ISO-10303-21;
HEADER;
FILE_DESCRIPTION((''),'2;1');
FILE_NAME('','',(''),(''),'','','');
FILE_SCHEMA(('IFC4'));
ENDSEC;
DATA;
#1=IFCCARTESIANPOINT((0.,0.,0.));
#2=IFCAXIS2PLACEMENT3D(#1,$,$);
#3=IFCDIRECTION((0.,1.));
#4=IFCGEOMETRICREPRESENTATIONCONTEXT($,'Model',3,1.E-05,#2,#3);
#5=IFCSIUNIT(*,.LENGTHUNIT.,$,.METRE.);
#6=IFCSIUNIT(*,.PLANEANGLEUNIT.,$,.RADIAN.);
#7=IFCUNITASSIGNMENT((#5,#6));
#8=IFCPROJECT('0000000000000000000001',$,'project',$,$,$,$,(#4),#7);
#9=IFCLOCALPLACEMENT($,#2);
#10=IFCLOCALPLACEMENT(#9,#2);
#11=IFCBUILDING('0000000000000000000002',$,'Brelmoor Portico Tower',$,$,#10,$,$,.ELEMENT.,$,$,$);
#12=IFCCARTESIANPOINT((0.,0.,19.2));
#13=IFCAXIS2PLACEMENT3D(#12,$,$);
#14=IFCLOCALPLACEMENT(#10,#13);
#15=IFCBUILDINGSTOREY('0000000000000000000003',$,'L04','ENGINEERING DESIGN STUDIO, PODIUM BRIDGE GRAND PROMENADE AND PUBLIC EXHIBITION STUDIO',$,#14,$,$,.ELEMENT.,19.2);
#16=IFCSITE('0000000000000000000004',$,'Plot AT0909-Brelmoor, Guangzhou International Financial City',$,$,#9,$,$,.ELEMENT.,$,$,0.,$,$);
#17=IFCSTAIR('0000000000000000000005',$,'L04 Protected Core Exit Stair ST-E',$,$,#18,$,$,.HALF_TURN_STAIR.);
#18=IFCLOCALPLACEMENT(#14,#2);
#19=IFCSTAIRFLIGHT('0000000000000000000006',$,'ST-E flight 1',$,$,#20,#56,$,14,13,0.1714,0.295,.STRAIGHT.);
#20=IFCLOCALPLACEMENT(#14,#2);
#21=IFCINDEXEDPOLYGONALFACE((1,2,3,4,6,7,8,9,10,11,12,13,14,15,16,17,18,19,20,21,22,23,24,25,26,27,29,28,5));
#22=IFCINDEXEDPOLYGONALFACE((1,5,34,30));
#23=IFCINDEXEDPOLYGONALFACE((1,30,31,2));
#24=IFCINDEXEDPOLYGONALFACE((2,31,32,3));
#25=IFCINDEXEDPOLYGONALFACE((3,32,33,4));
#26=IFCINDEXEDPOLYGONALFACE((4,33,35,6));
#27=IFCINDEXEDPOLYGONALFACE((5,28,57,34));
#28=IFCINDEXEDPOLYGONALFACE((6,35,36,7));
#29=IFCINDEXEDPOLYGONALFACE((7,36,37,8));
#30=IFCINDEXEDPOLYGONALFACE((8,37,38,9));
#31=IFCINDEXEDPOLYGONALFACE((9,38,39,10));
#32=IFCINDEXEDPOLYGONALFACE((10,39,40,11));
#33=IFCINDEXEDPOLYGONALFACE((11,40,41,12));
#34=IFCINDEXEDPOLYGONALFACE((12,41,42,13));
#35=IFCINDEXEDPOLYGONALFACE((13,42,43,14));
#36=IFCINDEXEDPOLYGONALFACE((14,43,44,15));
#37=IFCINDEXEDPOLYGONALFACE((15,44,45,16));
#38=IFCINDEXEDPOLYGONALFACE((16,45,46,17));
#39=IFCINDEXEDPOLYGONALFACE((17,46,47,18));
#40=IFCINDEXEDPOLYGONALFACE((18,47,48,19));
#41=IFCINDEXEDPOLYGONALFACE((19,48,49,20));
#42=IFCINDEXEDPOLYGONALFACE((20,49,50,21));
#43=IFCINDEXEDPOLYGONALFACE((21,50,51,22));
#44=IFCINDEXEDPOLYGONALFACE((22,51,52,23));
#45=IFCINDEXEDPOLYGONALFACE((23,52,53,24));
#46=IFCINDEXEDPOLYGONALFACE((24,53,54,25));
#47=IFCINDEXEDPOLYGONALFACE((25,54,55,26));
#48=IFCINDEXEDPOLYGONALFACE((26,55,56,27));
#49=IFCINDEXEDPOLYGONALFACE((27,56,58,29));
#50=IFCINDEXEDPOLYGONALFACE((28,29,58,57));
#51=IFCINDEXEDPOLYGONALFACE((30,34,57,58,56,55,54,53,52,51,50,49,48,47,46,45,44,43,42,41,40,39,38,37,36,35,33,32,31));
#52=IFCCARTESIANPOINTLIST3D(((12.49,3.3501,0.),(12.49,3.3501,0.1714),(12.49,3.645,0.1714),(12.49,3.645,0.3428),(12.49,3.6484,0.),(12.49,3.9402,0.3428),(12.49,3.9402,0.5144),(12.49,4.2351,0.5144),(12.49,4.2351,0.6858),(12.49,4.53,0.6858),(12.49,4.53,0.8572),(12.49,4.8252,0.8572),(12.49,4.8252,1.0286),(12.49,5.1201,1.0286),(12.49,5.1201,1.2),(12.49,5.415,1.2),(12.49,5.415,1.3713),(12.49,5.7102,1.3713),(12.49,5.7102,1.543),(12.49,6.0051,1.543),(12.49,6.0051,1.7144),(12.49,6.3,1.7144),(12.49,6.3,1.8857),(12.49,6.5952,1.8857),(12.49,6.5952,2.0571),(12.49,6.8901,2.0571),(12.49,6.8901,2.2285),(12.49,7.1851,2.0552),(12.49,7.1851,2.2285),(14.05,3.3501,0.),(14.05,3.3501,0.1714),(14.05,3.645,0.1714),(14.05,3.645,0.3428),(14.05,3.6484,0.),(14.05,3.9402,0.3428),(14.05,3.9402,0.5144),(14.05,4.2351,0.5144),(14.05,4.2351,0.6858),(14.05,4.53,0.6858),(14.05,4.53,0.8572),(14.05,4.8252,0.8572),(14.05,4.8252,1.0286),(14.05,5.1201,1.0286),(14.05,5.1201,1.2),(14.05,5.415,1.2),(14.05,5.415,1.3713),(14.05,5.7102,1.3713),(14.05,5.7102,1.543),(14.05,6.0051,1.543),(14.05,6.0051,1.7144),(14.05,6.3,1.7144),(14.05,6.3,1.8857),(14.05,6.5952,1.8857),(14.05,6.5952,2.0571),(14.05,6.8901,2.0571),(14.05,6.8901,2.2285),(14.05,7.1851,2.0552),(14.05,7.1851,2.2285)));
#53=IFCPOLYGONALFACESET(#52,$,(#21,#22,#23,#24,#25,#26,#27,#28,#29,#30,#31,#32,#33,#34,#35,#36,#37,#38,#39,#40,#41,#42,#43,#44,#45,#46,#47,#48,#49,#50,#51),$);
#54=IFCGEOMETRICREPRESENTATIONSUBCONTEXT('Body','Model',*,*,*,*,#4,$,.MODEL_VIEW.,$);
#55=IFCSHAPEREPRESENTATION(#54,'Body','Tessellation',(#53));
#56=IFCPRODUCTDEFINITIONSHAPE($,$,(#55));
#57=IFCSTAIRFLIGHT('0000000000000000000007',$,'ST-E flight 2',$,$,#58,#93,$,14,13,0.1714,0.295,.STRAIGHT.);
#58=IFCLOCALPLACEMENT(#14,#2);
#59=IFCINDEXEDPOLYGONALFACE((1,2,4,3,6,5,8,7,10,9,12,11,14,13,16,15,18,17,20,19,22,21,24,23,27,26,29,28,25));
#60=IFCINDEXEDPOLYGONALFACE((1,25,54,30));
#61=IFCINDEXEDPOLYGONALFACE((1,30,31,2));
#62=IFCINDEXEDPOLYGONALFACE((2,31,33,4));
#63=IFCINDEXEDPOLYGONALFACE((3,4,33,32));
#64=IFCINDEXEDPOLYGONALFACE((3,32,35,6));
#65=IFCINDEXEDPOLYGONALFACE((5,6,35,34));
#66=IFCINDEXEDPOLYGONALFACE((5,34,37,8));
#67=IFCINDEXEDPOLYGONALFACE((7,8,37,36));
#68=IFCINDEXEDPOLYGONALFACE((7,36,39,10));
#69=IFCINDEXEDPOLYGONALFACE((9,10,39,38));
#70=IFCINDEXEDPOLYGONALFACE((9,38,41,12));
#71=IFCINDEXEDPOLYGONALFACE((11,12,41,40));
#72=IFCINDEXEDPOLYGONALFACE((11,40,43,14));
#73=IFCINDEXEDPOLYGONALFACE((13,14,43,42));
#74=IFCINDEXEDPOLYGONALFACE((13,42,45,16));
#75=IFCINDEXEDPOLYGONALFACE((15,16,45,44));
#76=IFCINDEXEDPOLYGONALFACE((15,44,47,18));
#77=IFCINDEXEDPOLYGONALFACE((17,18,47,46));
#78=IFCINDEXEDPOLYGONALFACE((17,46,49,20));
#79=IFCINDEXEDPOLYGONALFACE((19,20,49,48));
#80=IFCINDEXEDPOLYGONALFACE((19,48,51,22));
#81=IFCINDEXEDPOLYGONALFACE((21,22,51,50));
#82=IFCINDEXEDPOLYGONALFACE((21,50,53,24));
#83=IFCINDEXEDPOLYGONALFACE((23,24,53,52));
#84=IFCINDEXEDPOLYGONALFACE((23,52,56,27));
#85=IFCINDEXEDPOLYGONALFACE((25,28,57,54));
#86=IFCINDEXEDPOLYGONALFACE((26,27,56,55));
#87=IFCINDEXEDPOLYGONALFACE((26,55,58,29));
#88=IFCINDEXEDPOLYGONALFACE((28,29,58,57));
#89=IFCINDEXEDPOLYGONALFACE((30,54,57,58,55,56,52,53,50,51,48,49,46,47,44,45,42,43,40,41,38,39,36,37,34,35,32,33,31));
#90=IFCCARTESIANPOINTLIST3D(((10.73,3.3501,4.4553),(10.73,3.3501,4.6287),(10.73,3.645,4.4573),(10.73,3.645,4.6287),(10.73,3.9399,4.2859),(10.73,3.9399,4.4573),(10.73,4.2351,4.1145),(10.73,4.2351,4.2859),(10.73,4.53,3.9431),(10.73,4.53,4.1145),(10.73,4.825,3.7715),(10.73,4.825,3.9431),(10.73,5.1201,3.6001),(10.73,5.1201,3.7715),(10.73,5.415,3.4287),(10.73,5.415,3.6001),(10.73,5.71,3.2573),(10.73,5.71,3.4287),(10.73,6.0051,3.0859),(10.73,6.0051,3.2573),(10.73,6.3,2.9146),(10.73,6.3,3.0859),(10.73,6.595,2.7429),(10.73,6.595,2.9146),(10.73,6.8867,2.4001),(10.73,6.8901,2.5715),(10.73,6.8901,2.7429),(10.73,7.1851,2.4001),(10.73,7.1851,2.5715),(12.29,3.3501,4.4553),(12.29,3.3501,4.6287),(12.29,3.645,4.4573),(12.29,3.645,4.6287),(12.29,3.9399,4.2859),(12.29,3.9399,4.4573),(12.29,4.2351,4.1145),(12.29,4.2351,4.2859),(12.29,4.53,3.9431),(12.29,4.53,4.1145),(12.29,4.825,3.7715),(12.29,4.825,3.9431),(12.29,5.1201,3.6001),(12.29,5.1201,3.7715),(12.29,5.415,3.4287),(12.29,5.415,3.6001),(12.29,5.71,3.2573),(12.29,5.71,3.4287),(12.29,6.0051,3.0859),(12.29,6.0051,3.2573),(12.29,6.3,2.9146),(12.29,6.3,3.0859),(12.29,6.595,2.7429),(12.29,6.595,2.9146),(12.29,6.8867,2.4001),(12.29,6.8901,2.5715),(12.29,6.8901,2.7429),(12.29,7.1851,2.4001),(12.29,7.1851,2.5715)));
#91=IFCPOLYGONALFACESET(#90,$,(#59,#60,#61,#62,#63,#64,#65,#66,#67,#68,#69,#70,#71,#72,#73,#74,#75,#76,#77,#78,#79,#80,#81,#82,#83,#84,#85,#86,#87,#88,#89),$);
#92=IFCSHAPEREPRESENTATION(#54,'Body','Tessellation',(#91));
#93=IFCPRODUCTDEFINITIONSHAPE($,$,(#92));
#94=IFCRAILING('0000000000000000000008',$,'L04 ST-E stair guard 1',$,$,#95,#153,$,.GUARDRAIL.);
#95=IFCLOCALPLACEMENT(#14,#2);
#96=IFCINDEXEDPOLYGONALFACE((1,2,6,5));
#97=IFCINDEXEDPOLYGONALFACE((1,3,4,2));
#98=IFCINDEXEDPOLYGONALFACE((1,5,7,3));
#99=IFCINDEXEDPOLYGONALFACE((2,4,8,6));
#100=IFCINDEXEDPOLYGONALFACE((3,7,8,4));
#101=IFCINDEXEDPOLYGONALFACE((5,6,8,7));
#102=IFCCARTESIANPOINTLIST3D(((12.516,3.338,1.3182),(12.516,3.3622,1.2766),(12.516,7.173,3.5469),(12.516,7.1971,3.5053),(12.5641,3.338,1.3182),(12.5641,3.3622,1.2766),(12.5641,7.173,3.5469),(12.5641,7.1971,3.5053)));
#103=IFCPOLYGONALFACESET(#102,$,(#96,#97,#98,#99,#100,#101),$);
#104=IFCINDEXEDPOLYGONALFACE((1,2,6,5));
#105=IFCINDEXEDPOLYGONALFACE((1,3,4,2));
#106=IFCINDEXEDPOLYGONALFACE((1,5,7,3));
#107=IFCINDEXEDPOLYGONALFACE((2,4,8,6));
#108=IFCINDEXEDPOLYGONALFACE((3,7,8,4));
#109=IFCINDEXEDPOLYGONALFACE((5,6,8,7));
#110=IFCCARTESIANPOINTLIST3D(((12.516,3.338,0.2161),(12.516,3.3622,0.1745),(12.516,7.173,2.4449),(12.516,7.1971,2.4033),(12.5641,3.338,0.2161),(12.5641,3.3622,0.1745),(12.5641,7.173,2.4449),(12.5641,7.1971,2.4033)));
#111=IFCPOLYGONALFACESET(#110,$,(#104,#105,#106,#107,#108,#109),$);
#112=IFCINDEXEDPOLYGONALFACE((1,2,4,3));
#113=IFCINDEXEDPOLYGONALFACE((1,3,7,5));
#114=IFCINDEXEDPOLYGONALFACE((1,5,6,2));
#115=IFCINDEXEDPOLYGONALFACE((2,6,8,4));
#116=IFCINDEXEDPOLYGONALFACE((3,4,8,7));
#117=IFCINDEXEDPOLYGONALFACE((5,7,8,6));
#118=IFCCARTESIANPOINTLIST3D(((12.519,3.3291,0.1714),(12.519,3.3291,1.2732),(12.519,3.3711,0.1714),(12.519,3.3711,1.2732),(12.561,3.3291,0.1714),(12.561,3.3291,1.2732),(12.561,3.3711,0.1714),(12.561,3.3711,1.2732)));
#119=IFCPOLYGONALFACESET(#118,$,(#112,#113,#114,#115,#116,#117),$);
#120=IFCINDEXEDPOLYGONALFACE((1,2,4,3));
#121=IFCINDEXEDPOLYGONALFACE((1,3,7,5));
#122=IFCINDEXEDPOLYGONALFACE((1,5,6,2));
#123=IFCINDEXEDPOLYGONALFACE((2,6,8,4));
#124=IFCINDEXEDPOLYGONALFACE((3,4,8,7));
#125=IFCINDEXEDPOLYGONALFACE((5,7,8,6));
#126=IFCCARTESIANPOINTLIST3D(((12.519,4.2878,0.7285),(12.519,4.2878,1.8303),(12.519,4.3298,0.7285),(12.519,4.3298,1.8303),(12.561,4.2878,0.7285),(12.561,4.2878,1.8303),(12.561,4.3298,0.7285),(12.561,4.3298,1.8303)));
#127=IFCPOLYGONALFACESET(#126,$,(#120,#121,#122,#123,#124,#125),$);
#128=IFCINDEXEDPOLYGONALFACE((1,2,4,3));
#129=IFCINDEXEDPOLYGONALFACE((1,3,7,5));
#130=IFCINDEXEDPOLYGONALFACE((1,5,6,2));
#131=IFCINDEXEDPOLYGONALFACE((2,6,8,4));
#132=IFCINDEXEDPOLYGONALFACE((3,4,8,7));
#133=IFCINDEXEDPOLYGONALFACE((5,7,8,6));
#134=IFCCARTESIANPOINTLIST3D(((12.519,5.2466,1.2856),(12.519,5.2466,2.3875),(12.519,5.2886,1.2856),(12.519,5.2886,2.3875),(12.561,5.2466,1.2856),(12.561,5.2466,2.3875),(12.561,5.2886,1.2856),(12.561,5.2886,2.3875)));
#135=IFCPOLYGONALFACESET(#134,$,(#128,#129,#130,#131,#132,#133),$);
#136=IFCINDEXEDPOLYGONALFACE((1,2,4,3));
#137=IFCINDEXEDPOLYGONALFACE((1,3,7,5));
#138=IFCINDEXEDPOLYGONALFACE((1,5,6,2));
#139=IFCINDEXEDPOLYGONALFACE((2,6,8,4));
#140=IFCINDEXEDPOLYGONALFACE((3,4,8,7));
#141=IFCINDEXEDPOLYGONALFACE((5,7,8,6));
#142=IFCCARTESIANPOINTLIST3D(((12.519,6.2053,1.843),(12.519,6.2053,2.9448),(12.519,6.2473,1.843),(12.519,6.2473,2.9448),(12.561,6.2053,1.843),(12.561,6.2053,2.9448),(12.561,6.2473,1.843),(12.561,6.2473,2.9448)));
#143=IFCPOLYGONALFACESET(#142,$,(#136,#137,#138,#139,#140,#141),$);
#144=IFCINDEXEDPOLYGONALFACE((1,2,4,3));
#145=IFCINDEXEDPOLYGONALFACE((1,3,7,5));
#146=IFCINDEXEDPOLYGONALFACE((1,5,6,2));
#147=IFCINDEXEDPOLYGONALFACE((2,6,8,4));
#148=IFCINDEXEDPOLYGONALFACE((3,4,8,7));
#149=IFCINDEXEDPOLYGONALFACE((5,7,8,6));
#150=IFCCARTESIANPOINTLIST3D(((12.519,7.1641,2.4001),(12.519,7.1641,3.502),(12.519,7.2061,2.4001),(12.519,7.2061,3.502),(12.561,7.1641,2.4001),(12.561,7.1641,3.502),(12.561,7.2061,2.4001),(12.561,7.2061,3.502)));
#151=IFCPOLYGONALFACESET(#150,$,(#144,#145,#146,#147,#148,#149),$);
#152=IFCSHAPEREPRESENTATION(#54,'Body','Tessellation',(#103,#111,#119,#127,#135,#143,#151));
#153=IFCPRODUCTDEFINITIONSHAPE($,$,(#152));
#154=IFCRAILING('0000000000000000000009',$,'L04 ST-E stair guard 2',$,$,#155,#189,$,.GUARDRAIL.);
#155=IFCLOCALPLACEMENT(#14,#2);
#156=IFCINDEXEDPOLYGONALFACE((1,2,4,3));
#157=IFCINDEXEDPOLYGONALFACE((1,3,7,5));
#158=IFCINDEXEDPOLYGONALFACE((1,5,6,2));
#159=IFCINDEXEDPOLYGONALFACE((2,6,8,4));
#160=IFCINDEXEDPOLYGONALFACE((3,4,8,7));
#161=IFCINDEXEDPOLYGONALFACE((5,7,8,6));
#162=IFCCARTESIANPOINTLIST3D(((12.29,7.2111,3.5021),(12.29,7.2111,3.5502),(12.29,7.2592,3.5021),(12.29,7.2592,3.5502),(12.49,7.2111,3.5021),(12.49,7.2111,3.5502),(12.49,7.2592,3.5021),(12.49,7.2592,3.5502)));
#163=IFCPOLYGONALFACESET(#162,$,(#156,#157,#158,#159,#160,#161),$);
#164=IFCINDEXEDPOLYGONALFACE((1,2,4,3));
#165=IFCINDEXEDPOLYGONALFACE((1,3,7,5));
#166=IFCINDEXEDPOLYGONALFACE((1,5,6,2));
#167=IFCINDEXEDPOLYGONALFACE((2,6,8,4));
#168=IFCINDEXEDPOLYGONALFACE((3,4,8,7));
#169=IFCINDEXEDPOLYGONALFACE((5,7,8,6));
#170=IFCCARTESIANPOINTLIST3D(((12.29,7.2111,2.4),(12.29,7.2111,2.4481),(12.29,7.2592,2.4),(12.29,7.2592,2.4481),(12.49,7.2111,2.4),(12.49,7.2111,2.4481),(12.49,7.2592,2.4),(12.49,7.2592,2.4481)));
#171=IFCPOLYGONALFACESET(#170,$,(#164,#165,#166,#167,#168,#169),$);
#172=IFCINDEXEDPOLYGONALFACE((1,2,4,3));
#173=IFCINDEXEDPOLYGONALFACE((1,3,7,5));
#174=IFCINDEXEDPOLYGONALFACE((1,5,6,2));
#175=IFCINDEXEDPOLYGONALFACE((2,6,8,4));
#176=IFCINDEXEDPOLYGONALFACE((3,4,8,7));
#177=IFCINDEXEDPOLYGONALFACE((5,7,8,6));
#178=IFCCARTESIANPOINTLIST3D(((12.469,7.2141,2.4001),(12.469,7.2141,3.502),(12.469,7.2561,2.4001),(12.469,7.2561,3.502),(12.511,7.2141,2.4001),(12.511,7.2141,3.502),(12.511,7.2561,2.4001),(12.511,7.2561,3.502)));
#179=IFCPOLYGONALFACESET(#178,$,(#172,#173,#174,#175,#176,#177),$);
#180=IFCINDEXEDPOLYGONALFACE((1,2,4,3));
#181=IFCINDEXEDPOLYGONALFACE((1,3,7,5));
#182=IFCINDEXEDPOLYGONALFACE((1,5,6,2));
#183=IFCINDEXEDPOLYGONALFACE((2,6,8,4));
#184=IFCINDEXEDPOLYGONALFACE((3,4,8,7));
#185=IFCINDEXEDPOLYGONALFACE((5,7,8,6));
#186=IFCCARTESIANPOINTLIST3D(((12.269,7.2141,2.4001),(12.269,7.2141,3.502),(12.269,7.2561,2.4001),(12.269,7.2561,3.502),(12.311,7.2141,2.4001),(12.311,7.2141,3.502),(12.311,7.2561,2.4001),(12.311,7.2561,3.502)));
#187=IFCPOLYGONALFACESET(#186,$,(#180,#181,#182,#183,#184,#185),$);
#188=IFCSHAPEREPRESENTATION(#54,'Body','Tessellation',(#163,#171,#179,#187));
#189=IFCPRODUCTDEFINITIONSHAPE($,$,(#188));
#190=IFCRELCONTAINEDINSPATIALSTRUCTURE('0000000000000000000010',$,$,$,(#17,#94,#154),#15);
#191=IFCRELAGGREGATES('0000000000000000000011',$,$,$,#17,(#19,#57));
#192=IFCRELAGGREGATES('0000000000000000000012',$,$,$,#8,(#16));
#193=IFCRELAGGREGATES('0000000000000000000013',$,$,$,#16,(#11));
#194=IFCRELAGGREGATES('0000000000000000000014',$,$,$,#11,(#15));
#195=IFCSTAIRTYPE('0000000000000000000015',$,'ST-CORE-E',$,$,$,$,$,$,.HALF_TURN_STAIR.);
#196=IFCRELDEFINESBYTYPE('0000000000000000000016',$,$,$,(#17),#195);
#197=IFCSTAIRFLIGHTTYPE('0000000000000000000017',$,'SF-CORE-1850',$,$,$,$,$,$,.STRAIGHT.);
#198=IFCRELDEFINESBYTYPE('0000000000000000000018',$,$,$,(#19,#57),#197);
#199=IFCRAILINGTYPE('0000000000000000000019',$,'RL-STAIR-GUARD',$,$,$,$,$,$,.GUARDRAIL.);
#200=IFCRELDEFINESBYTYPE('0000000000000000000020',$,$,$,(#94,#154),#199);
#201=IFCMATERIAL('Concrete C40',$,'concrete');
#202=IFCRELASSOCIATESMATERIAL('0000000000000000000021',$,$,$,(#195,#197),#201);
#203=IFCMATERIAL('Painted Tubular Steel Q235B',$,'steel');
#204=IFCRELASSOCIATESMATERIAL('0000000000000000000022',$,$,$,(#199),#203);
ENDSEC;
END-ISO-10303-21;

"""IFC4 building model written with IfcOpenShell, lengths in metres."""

from ifc_helpers import new_model, si_unit, direction, frame, origin, origin_2d, place, context, subcontext, project, spatial, polyline, rectangle, outline, extrude, material, type_object, element, aggregate, save


model = new_model("IFC4")

# Units and contexts
model_context = context("Model", 3, precision=1e-05, world=origin(), true_north=direction((0.0, 1.0)))
body_context = subcontext(model_context, "Body", "Model", "MODEL_VIEW")
ifc_project = project(units=[si_unit("LENGTHUNIT", "METRE"), si_unit("PLANEANGLEUNIT", "RADIAN")], contexts=[model_context])

# Site, building, storey
site_placement = place(None, origin())
site = spatial("IfcSite", under=ifc_project, at=site_placement, Name="Plot AT0909-Brelmoor, Guangzhou International Financial City", CompositionType="ELEMENT", RefElevation=0.0)
building_placement = place(site_placement, origin())
building = spatial("IfcBuilding", under=site, at=building_placement, Name="Brelmoor Portico Tower", CompositionType="ELEMENT")
storey_placement = place(building_placement, frame((0.0, 0.0, 19.2)))
storey = spatial("IfcBuildingStorey", under=building, at=storey_placement, Name="L04", Description="ENGINEERING DESIGN STUDIO, PODIUM BRIDGE GRAND PROMENADE AND PUBLIC EXHIBITION STUDIO", CompositionType="ELEMENT", Elevation=19.2)

# Shared definitions
ifc_material_1 = material(Name="Concrete C40", Category="concrete")

# Stair, stair flights
stair_type = type_object("IfcStairType", Name="ST-CORE-E", PredefinedType="HALF_TURN_STAIR", material=ifc_material_1)
stair_placement = place(storey_placement, origin())
stair = element("IfcStair", 1, at=stair_placement, inside=storey, type_object=stair_type, Name="L04 Protected Core Exit Stair ST-E", PredefinedType="HALF_TURN_STAIR")
stair_flight_type = type_object("IfcStairFlightType", Name="SF-CORE-1850", PredefinedType="STRAIGHT", material=ifc_material_1)
stair_flight_1_placement = place(storey_placement, frame((13.27, 3.3501, 0.0), z_axis=(0.0, 0.0, 1.0), x_axis=(0.0, 1.0, 0.0)))
stair_flight_1 = element("IfcStairFlight", 2, at=stair_flight_1_placement, type_object=stair_flight_type, Name="ST-E flight 1", NumberOfRisers=14, NumberOfTreads=13, PredefinedType="STRAIGHT", RiserHeight=0.1714, TreadLength=0.295, context=body_context, shape_type="SweptSolid", body=[
    extrude(outline(polyline([(0.0, 0.0), (0.0, 0.1714), (0.2949, 0.1714), (0.2949, 0.3428), (0.5901, 0.3428), (0.5901, 0.5144), (0.885, 0.5144), (0.885, 0.6858), (1.1799, 0.6858), (1.1799, 0.8572), (1.4751, 0.8572), (1.4751, 1.0286), (1.77, 1.0286), (1.77, 1.2), (2.0649, 1.2), (2.0649, 1.3713), (2.3601, 1.3713), (2.3601, 1.543), (2.655, 1.543), (2.655, 1.7144), (2.95, 1.7144), (2.95, 1.8857), (3.2451, 1.8857), (3.2451, 2.0571), (3.54, 2.0571), (3.54, 2.2285), (3.835, 2.2285), (3.835, 2.3999), (3.835, 2.0552), (0.2983, 0.0), (0.0, 0.0)])), frame((0.0, 0.78, 0.0), z_axis=(0.0, -1.0, 0.0), x_axis=(1.0, 0.0, 0.0)), (0.0, 0.0, 1.0), 1.5601),
])
stair_flight_2_placement = place(storey_placement, frame((11.51, 7.1851, 2.4001), z_axis=(0.0, 0.0, 1.0), x_axis=(0.0, -1.0, 0.0)))
stair_flight_2 = element("IfcStairFlight", 3, at=stair_flight_2_placement, type_object=stair_flight_type, Name="ST-E flight 2", NumberOfRisers=14, NumberOfTreads=13, PredefinedType="STRAIGHT", RiserHeight=0.1714, TreadLength=0.295, context=body_context, shape_type="SweptSolid", body=[
    extrude(outline(polyline([(0.0, 0.0), (0.0, 0.1714), (0.2949, 0.1714), (0.2949, 0.3428), (0.5901, 0.3428), (0.5901, 0.5144), (0.885, 0.5144), (0.885, 0.6858), (1.1799, 0.6858), (1.1799, 0.8572), (1.4751, 0.8572), (1.4751, 1.0286), (1.77, 1.0286), (1.77, 1.2), (2.0649, 1.2), (2.0649, 1.3713), (2.3601, 1.3713), (2.3601, 1.543), (2.655, 1.543), (2.655, 1.7144), (2.95, 1.7144), (2.95, 1.8857), (3.2451, 1.8857), (3.2451, 2.0571), (3.54, 2.0571), (3.54, 2.2285), (3.835, 2.2285), (3.835, 2.3999), (3.835, 2.0552), (0.2983, 0.0), (0.0, 0.0)])), frame((0.0, 0.78, 0.0), z_axis=(0.0, -1.0, 0.0), x_axis=(1.0, 0.0, 0.0)), (0.0, 0.0, 1.0), 1.5601),
])
aggregate(stair, [stair_flight_1, stair_flight_2])

# Railings
ifc_material_2 = material(Name="Painted Tubular Steel Q235B", Category="steel")
railing_type_1 = type_object("IfcRailingType", Name="RL-STAIR-GUARD", PredefinedType="GUARDRAIL", material=ifc_material_2)
railing_1_placement = place(storey_placement, frame((12.54, 3.3501, 0.1714)))
element("IfcRailing", 4, at=railing_1_placement, inside=storey, type_object=railing_type_1, Name="L04 ST-E stair guard 1", PredefinedType="GUARDRAIL", context=body_context, shape_type="SweptSolid", body=[
    extrude(rectangle(XDim=0.0481, YDim=0.0481, at=origin_2d()), frame((0.0, 0.0, 1.126), z_axis=(0.0, 0.864592, 0.502474), x_axis=(-1.0, 0.0, 0.0)), (0.0, 0.0, 1.0), 4.4355),
    extrude(rectangle(XDim=0.0481, YDim=0.0481, at=origin_2d()), frame((0.0, 0.0, 0.0239), z_axis=(0.0, 0.864592, 0.502474), x_axis=(-1.0, 0.0, 0.0)), (0.0, 0.0, 1.0), 4.4355),
    extrude(rectangle(XDim=0.042, YDim=0.042, at=origin_2d()), origin(), (0.0, 0.0, 1.0), 1.1018),
    extrude(rectangle(XDim=0.042, YDim=0.042, at=origin_2d()), frame((0.0, 0.9587, 0.5571)), (0.0, 0.0, 1.0), 1.1018),
    extrude(rectangle(XDim=0.042, YDim=0.042, at=origin_2d()), frame((0.0, 1.9175, 1.1143)), (0.0, 0.0, 1.0), 1.1018),
    extrude(rectangle(XDim=0.042, YDim=0.042, at=origin_2d()), frame((0.0, 2.8762, 1.6716)), (0.0, 0.0, 1.0), 1.1018),
    extrude(rectangle(XDim=0.042, YDim=0.042, at=origin_2d()), frame((0.0, 3.835, 2.2288)), (0.0, 0.0, 1.0), 1.1018),
])
railing_2_placement = place(storey_placement, frame((12.49, 7.2351, 2.4001)))
element("IfcRailing", 5, at=railing_2_placement, inside=storey, type_object=railing_type_1, Name="L04 ST-E stair guard 2", PredefinedType="GUARDRAIL", context=body_context, shape_type="SweptSolid", body=[
    extrude(rectangle(XDim=0.0481, YDim=0.0481, at=origin_2d()), frame((0.0, 0.0, 1.126), z_axis=(-1.0, 0.0, 0.0), x_axis=(0.0, -1.0, 0.0)), (0.0, 0.0, 1.0), 0.2),
    extrude(rectangle(XDim=0.0481, YDim=0.0481, at=origin_2d()), frame((0.0, 0.0, 0.0239), z_axis=(-1.0, 0.0, 0.0), x_axis=(0.0, -1.0, 0.0)), (0.0, 0.0, 1.0), 0.2),
    extrude(rectangle(XDim=0.042, YDim=0.042, at=origin_2d()), origin(), (0.0, 0.0, 1.0), 1.1018),
    extrude(rectangle(XDim=0.042, YDim=0.042, at=origin_2d()), frame((-0.2, 0.0, 0.0)), (0.0, 0.0, 1.0), 1.1018),
])

save(model, "model.ifc")
